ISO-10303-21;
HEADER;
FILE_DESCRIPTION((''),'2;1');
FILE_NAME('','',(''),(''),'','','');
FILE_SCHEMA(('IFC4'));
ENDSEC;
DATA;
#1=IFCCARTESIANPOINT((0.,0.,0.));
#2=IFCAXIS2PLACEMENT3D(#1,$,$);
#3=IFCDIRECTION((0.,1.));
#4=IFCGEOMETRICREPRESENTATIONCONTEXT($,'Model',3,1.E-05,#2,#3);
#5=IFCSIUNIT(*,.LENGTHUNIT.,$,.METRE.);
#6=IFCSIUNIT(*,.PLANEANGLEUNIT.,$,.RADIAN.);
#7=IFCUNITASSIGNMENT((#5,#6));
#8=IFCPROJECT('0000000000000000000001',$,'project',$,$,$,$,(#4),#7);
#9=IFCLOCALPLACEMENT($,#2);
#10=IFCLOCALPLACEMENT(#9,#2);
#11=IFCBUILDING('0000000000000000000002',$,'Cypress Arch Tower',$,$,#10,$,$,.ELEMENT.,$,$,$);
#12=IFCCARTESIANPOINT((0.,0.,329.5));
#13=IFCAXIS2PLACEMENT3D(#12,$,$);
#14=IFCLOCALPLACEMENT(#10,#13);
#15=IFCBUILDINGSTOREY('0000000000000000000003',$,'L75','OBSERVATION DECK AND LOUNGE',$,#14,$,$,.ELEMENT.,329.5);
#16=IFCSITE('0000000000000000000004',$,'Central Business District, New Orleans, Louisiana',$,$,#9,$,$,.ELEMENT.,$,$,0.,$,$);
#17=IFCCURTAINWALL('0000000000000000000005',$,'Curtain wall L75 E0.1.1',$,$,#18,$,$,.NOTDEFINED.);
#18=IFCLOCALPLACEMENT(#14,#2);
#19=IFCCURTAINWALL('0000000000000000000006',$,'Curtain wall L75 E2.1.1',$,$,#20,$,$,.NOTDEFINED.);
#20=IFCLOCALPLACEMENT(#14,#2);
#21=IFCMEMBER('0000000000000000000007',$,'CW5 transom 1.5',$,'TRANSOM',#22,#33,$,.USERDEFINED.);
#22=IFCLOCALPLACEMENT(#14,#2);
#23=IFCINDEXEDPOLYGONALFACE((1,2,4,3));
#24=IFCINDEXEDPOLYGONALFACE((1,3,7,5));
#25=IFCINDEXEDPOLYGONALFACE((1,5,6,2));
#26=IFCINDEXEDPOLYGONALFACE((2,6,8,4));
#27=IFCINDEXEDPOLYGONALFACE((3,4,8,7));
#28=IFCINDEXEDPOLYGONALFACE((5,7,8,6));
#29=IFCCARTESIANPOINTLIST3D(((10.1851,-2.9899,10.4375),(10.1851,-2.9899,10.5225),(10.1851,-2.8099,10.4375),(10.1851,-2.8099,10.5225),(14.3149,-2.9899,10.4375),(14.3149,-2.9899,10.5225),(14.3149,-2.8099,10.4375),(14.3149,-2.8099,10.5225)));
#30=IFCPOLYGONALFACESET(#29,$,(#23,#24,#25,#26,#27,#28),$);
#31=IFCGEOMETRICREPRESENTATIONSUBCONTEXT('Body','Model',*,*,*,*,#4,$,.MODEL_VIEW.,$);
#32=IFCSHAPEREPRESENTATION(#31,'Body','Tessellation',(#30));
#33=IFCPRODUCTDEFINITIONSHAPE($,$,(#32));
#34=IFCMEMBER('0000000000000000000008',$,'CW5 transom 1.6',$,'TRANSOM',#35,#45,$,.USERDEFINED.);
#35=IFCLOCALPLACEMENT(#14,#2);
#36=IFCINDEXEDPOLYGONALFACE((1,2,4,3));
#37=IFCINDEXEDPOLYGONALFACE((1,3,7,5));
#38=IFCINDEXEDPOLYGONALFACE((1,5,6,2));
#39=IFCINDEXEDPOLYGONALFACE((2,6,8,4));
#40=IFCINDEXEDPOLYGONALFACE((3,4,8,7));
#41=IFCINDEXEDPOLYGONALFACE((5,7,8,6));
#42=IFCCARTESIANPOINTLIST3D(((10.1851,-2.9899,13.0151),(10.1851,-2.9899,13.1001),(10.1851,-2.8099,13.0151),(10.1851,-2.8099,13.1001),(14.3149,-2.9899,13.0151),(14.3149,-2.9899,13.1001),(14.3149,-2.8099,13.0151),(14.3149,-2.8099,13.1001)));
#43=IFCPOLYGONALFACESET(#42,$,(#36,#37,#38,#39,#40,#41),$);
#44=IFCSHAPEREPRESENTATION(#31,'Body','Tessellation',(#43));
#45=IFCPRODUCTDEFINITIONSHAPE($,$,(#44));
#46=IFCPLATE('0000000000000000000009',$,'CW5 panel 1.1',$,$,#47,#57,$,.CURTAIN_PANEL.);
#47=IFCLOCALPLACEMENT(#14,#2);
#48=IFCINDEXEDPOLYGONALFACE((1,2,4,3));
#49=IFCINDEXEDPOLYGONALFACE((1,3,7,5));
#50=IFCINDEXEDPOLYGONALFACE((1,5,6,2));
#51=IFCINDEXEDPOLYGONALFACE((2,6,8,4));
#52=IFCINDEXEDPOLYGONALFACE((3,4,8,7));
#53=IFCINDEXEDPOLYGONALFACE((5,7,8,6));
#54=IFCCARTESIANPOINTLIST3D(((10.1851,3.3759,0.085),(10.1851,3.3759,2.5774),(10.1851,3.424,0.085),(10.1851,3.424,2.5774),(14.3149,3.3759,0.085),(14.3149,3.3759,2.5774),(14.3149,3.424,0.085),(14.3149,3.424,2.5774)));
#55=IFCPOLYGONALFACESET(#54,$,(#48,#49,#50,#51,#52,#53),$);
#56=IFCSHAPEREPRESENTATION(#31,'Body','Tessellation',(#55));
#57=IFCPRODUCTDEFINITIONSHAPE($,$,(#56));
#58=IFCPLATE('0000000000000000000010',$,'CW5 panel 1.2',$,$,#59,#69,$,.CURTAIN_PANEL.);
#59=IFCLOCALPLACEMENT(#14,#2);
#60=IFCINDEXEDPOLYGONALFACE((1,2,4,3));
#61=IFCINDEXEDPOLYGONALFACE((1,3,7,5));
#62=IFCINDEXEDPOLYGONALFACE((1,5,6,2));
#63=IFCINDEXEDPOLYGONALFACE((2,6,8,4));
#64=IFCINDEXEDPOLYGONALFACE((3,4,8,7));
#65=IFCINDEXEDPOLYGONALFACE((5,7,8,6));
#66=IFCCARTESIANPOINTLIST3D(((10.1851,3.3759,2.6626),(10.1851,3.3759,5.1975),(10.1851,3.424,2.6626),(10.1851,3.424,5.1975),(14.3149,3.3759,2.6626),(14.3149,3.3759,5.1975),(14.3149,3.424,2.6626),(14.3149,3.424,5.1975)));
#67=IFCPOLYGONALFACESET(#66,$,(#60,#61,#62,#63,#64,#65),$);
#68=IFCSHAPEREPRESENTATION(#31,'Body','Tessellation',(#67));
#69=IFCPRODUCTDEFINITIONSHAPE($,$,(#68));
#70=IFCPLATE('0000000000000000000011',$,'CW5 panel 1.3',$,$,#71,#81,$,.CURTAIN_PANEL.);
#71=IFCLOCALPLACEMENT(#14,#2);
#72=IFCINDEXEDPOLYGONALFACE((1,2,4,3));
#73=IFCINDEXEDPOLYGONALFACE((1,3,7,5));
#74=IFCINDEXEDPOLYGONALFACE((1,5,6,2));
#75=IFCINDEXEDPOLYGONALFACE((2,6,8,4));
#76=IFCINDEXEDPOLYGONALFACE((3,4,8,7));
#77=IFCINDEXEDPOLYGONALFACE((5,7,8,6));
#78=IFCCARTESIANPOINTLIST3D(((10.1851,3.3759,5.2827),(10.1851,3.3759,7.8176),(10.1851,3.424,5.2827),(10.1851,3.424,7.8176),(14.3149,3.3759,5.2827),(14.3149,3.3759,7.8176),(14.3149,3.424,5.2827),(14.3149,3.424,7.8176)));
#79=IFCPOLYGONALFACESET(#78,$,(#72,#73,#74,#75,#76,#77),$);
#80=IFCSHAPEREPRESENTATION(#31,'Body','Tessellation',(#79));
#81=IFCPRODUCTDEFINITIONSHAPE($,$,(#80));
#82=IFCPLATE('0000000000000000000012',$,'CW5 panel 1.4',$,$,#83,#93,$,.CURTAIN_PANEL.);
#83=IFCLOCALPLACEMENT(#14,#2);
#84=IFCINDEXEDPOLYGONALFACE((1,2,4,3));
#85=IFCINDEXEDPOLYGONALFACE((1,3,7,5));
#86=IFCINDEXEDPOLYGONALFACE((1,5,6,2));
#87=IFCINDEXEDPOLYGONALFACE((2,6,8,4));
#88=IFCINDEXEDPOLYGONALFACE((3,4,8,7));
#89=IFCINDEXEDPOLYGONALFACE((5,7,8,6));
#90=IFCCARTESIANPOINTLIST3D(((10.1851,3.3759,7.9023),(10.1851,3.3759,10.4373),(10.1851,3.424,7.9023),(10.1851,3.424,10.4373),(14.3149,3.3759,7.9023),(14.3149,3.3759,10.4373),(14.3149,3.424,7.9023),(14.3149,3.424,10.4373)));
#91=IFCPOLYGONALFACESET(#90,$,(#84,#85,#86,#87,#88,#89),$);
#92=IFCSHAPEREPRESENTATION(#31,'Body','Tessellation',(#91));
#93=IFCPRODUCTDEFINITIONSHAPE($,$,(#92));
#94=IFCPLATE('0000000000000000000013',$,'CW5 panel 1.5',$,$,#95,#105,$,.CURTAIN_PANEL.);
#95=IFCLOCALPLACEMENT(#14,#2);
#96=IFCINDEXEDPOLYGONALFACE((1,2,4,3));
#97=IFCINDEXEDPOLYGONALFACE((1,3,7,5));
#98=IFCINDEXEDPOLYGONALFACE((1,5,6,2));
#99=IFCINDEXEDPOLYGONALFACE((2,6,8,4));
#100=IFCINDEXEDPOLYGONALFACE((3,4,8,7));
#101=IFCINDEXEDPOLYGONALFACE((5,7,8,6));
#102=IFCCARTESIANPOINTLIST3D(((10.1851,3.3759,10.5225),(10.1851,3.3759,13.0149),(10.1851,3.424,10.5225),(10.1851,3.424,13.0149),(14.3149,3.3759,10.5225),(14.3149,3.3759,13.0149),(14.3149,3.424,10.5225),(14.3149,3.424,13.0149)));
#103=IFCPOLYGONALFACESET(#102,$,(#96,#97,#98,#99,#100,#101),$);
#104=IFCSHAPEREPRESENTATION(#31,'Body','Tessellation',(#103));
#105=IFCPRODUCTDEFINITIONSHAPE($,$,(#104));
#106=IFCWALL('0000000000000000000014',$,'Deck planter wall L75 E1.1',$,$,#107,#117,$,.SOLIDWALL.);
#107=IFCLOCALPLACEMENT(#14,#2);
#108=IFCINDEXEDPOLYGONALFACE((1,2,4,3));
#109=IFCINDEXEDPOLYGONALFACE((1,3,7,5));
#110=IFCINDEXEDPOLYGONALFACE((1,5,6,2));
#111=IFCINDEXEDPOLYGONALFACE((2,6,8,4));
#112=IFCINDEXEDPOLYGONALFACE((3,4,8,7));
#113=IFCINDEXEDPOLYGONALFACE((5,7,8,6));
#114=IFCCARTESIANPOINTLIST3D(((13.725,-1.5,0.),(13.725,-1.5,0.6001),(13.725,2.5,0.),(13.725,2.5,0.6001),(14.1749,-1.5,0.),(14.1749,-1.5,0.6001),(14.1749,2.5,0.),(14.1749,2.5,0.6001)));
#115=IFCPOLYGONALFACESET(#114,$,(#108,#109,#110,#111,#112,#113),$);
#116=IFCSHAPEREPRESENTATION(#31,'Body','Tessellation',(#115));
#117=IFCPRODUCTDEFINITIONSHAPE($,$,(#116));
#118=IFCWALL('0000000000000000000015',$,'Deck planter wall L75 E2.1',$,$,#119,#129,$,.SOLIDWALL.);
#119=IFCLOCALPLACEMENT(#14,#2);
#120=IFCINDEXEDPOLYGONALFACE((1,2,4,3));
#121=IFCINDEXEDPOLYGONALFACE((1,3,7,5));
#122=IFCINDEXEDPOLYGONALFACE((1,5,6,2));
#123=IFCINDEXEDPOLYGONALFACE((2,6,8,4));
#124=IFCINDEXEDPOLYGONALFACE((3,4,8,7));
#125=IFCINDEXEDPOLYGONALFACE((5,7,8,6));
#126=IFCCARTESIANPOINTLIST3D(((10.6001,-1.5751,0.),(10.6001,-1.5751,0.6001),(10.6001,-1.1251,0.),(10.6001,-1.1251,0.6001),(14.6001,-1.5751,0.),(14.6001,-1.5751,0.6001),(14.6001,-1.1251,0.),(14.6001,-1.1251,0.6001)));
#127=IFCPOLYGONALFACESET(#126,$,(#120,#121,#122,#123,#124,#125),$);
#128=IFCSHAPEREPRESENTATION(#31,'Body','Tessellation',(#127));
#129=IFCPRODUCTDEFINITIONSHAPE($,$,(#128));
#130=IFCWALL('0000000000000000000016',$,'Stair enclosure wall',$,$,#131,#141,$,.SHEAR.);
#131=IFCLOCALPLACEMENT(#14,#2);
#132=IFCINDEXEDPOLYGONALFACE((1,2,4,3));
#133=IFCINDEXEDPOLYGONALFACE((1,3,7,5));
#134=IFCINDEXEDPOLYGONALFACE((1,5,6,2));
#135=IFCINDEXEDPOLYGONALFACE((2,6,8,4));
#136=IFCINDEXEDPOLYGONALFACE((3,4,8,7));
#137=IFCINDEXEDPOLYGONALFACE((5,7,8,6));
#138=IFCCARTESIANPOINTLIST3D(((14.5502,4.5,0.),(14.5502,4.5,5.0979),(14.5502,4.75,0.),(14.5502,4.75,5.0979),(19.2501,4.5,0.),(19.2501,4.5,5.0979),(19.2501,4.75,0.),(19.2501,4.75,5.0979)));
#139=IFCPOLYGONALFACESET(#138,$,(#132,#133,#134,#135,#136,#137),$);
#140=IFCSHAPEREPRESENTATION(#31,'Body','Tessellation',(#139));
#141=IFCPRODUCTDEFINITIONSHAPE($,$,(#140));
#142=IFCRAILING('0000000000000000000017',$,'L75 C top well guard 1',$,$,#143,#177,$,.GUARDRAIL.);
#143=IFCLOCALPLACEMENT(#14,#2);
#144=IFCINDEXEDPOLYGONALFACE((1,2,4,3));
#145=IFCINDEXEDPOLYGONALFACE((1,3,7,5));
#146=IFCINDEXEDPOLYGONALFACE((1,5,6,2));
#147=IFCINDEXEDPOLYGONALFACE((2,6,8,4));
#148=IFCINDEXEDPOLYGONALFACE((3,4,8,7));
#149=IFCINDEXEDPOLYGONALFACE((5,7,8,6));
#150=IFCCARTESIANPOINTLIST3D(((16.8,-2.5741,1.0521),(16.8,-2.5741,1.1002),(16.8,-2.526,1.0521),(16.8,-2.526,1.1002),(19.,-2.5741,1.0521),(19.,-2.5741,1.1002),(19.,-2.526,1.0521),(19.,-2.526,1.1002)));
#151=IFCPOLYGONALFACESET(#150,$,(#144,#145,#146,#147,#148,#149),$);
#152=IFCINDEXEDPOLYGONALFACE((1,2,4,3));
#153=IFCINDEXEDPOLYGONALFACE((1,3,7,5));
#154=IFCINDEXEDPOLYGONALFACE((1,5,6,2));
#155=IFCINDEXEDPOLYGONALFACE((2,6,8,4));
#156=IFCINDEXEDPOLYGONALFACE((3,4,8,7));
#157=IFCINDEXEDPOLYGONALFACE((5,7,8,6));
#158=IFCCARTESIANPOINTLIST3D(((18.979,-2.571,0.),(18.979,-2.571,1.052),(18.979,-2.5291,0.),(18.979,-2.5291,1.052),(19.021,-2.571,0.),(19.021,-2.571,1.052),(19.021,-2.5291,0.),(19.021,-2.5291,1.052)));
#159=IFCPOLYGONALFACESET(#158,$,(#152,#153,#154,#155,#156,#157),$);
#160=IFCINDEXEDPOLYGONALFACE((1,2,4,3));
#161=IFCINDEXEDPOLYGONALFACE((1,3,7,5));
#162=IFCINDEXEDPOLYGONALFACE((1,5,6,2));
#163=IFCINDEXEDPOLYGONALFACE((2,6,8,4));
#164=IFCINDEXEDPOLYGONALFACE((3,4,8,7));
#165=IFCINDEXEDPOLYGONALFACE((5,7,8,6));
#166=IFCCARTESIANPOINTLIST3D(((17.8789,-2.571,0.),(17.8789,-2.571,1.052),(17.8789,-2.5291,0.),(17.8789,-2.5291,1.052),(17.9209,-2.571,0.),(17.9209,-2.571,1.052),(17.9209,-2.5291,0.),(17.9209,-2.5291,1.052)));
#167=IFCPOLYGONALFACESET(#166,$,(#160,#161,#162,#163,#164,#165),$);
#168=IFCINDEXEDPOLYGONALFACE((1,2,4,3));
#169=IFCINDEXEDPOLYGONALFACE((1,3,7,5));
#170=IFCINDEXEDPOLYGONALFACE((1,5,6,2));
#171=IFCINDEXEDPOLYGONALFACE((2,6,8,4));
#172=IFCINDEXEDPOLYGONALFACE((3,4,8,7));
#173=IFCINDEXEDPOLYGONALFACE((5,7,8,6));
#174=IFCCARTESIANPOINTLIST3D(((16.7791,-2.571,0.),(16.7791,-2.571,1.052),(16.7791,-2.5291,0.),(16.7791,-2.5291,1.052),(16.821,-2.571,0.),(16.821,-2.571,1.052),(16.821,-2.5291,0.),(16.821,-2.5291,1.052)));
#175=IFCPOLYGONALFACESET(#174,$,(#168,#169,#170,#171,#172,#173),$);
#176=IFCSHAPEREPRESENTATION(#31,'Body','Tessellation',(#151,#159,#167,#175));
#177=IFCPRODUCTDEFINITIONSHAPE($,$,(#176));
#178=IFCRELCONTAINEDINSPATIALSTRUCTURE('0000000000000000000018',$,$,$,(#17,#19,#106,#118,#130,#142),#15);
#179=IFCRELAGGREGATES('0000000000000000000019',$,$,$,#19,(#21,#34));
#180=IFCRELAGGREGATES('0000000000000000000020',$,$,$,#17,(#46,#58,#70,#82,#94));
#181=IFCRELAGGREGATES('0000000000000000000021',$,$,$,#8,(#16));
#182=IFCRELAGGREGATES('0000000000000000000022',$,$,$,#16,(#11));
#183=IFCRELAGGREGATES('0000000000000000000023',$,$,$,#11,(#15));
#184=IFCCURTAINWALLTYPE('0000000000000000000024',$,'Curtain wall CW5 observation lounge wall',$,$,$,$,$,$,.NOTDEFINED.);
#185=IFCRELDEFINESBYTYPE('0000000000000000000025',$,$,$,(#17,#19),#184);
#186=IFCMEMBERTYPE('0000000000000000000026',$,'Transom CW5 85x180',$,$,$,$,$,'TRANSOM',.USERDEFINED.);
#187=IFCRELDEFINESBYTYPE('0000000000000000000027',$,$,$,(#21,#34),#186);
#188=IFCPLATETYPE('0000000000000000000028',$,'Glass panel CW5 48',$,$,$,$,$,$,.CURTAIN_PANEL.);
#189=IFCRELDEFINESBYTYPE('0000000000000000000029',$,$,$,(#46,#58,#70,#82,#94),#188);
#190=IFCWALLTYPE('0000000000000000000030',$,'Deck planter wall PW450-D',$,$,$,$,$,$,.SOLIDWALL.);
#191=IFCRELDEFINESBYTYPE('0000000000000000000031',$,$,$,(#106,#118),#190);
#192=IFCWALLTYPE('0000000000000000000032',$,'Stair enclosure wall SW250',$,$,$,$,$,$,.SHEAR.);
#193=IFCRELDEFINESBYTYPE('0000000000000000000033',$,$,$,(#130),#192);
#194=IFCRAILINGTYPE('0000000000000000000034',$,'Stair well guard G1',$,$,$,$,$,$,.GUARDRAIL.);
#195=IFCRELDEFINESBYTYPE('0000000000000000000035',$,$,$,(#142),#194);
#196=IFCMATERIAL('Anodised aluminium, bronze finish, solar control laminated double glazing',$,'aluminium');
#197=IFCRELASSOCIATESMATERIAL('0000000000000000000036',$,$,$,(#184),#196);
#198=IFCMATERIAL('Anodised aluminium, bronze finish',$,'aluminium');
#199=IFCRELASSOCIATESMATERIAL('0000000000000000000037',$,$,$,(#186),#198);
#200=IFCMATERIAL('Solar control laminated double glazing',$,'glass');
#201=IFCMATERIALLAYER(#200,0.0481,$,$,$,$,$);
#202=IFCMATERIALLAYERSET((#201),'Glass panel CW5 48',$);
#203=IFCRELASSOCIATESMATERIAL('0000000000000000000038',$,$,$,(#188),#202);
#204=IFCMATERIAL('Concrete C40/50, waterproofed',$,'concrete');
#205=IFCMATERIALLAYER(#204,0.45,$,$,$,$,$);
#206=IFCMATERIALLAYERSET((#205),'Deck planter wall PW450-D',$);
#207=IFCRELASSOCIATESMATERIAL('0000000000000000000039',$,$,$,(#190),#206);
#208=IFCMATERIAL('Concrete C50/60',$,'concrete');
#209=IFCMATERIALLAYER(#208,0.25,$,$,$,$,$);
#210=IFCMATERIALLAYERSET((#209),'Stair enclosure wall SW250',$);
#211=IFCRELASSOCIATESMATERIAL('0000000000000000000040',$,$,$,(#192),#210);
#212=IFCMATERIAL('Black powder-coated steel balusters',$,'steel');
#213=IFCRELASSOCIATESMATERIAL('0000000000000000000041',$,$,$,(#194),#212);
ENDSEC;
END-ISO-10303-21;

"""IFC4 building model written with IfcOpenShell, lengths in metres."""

from ifc_helpers import new_model, si_unit, direction, frame, frame_2d, origin, origin_2d, place, context, subcontext, project, spatial, rectangle, extrude, material, layer, layer_set, material_profile, profile_set, type_object, element, aggregate, save


model = new_model("IFC4")

# Units and contexts
model_context = context("Model", 3, precision=1e-05, world=origin(), true_north=direction((0.0, 1.0)))
body_context = subcontext(model_context, "Body", "Model", "MODEL_VIEW")
ifc_project = project(units=[si_unit("LENGTHUNIT", "METRE"), si_unit("PLANEANGLEUNIT", "RADIAN")], contexts=[model_context])

# Site, building, storey
site_placement = place(None, origin())
site = spatial("IfcSite", under=ifc_project, at=site_placement, Name="Central Business District, New Orleans, Louisiana", CompositionType="ELEMENT", RefElevation=0.0)
building_placement = place(site_placement, origin())
building = spatial("IfcBuilding", under=site, at=building_placement, Name="Cypress Arch Tower", CompositionType="ELEMENT")
storey_placement = place(building_placement, frame((0.0, 0.0, 329.5)))
storey = spatial("IfcBuildingStorey", under=building, at=storey_placement, Name="L75", Description="OBSERVATION DECK AND LOUNGE", CompositionType="ELEMENT", Elevation=329.5)

# Curtain walls
ifc_material_1 = material(Name="Anodised aluminium, bronze finish, solar control laminated double glazing", Category="aluminium")
curtain_wall_type = type_object("IfcCurtainWallType", Name="Curtain wall CW5 observation lounge wall", PredefinedType="NOTDEFINED", material=ifc_material_1)
curtain_wall_1_placement = place(storey_placement, origin())
curtain_wall_1 = element("IfcCurtainWall", 1, at=curtain_wall_1_placement, inside=storey, type_object=curtain_wall_type, Name="Curtain wall L75 E0.1.1", PredefinedType="NOTDEFINED")
curtain_wall_2_placement = place(storey_placement, origin())
curtain_wall_2 = element("IfcCurtainWall", 2, at=curtain_wall_2_placement, inside=storey, type_object=curtain_wall_type, Name="Curtain wall L75 E2.1.1", PredefinedType="NOTDEFINED")

# Members
ifc_material_2 = material(Name="Anodised aluminium, bronze finish", Category="aluminium")
ifc_material_profile_1 = material_profile(ifc_material_2, rectangle(XDim=0.1799, YDim=0.085, at=origin_2d()), Name="Transom 85x180")
ifc_profile_set_1 = profile_set([ifc_material_profile_1], Name="Anodised aluminium, bronze finish")
member_type_1 = type_object("IfcMemberType", Name="Transom CW5 85x180", ElementType="TRANSOM", PredefinedType="USERDEFINED", material=ifc_profile_set_1)
member_1_placement = place(storey_placement, frame((14.3149, -2.8999, 10.48), z_axis=(-1.0, 0.0, 0.0), x_axis=(0.0, -1.0, 0.0)))
member_1 = element("IfcMember", 3, at=member_1_placement, type_object=member_type_1, Name="CW5 transom 1.5", ObjectType="TRANSOM", PredefinedType="USERDEFINED", context=body_context, shape_type="SweptSolid", body=[
    extrude(rectangle(XDim=0.1799, YDim=0.085, at=origin_2d()), origin(), (0.0, 0.0, 1.0), 4.1299),
])
member_2_placement = place(storey_placement, frame((14.3149, -2.8999, 13.0576), z_axis=(-1.0, 0.0, 0.0), x_axis=(0.0, -1.0, 0.0)))
member_2 = element("IfcMember", 4, at=member_2_placement, type_object=member_type_1, Name="CW5 transom 1.6", ObjectType="TRANSOM", PredefinedType="USERDEFINED", context=body_context, shape_type="SweptSolid", body=[
    extrude(rectangle(XDim=0.1799, YDim=0.085, at=origin_2d()), origin(), (0.0, 0.0, 1.0), 4.1299),
])
aggregate(curtain_wall_2, [member_1, member_2])

# Plates
ifc_material_3 = material(Name="Solar control laminated double glazing", Category="glass")
ifc_layer_1 = layer(ifc_material_3, 0.0481)
ifc_layer_set_1 = layer_set([ifc_layer_1], Name="Glass panel CW5 48")
plate_type = type_object("IfcPlateType", Name="Glass panel CW5 48", PredefinedType="CURTAIN_PANEL", material=ifc_layer_set_1)
plate_1_placement = place(storey_placement, frame((12.25, 3.3999, 0.085), z_axis=(0.0, 0.0, 1.0), x_axis=(1.0, 0.0, 0.0)))
plate_1 = element("IfcPlate", 5, at=plate_1_placement, type_object=plate_type, Name="CW5 panel 1.1", PredefinedType="CURTAIN_PANEL", context=body_context, shape_type="SweptSolid", body=[
    extrude(rectangle(XDim=4.1299, YDim=0.0481, at=origin_2d()), origin(), (0.0, 0.0, 1.0), 2.4924),
])
plate_2_placement = place(storey_placement, frame((12.25, 3.3999, 2.6626), z_axis=(0.0, 0.0, 1.0), x_axis=(1.0, 0.0, 0.0)))
plate_2 = element("IfcPlate", 6, at=plate_2_placement, type_object=plate_type, Name="CW5 panel 1.2", PredefinedType="CURTAIN_PANEL", context=body_context, shape_type="SweptSolid", body=[
    extrude(rectangle(XDim=4.1299, YDim=0.0481, at=origin_2d()), origin(), (0.0, 0.0, 1.0), 2.5349),
])
plate_3_placement = place(storey_placement, frame((12.25, 3.3999, 5.2827), z_axis=(0.0, 0.0, 1.0), x_axis=(1.0, 0.0, 0.0)))
plate_3 = element("IfcPlate", 7, at=plate_3_placement, type_object=plate_type, Name="CW5 panel 1.3", PredefinedType="CURTAIN_PANEL", context=body_context, shape_type="SweptSolid", body=[
    extrude(rectangle(XDim=4.1299, YDim=0.0481, at=origin_2d()), origin(), (0.0, 0.0, 1.0), 2.5349),
])
plate_4_placement = place(storey_placement, frame((12.25, 3.3999, 7.9023), z_axis=(0.0, 0.0, 1.0), x_axis=(1.0, 0.0, 0.0)))
plate_4 = element("IfcPlate", 8, at=plate_4_placement, type_object=plate_type, Name="CW5 panel 1.4", PredefinedType="CURTAIN_PANEL", context=body_context, shape_type="SweptSolid", body=[
    extrude(rectangle(XDim=4.1299, YDim=0.0481, at=origin_2d()), origin(), (0.0, 0.0, 1.0), 2.5349),
])
plate_5_placement = place(storey_placement, frame((12.25, 3.3999, 10.5225), z_axis=(0.0, 0.0, 1.0), x_axis=(1.0, 0.0, 0.0)))
plate_5 = element("IfcPlate", 9, at=plate_5_placement, type_object=plate_type, Name="CW5 panel 1.5", PredefinedType="CURTAIN_PANEL", context=body_context, shape_type="SweptSolid", body=[
    extrude(rectangle(XDim=4.1299, YDim=0.0481, at=origin_2d()), origin(), (0.0, 0.0, 1.0), 2.4924),
])
aggregate(curtain_wall_1, [plate_1, plate_2, plate_3, plate_4, plate_5])

# Walls
ifc_material_4 = material(Name="Concrete C40/50, waterproofed", Category="concrete")
ifc_layer_2 = layer(ifc_material_4, 0.45)
ifc_layer_set_2 = layer_set([ifc_layer_2], Name="Deck planter wall PW450-D")
wall_type_1 = type_object("IfcWallType", Name="Deck planter wall PW450-D", PredefinedType="SOLIDWALL", material=ifc_layer_set_2)
for number, where, z_axis, x_axis, name in (
    (10, (13.95, 2.5, 0.0), (0.0, 0.0, 1.0), (0.0, -1.0, 0.0), "Deck planter wall L75 E1.1"),
    (11, (14.6001, -1.3501, 0.0), (0.0, 0.0, 1.0), (-1.0, 0.0, 0.0), "Deck planter wall L75 E2.1"),
):
    element("IfcWall", number, at=place(storey_placement, frame(where, z_axis=z_axis, x_axis=x_axis)), inside=storey, type_object=wall_type_1, Name=name, PredefinedType="SOLIDWALL", context=body_context, shape_type="SweptSolid", body=[
        extrude(rectangle(XDim=4.0, YDim=0.45, at=frame_2d((2.0, 0.0))), origin(), (0.0, 0.0, 1.0), 0.6001),
    ])
ifc_material_5 = material(Name="Concrete C50/60", Category="concrete")
ifc_layer_3 = layer(ifc_material_5, 0.25)
ifc_layer_set_3 = layer_set([ifc_layer_3], Name="Stair enclosure wall SW250")
wall_type_2 = type_object("IfcWallType", Name="Stair enclosure wall SW250", PredefinedType="SHEAR", material=ifc_layer_set_3)
wall_placement = place(storey_placement, frame((14.55, 4.625, 0.0), z_axis=(0.0, 0.0, 1.0), x_axis=(1.0, 0.0, 0.0)))
element("IfcWall", 12, at=wall_placement, inside=storey, type_object=wall_type_2, Name="Stair enclosure wall", PredefinedType="SHEAR", context=body_context, shape_type="SweptSolid", body=[
    extrude(rectangle(XDim=4.7, YDim=0.25, at=frame_2d((2.3501, 0.0))), origin(), (0.0, 0.0, 1.0), 5.0979),
])

# Railing
ifc_material_6 = material(Name="Black powder-coated steel balusters", Category="steel")
railing_type = type_object("IfcRailingType", Name="Stair well guard G1", PredefinedType="GUARDRAIL", material=ifc_material_6)
railing_placement = place(storey_placement, frame((19.0, -2.55, 0.0)))
element("IfcRailing", 13, at=railing_placement, inside=storey, type_object=railing_type, Name="L75 C top well guard 1", PredefinedType="GUARDRAIL", context=body_context, shape_type="SweptSolid", body=[
    extrude(rectangle(XDim=0.0481, YDim=0.0481, at=origin_2d()), frame((0.0, 0.0, 1.0762), z_axis=(-1.0, 0.0, 0.0), x_axis=(0.0, -1.0, 0.0)), (0.0, 0.0, 1.0), 2.2),
    extrude(rectangle(XDim=0.042, YDim=0.042, at=origin_2d()), origin(), (0.0, 0.0, 1.0), 1.052),
    extrude(rectangle(XDim=0.042, YDim=0.042, at=origin_2d()), frame((-1.1001, 0.0, 0.0)), (0.0, 0.0, 1.0), 1.052),
    extrude(rectangle(XDim=0.042, YDim=0.042, at=origin_2d()), frame((-2.2, 0.0, 0.0)), (0.0, 0.0, 1.0), 1.052),
])

save(model, "model.ifc")
